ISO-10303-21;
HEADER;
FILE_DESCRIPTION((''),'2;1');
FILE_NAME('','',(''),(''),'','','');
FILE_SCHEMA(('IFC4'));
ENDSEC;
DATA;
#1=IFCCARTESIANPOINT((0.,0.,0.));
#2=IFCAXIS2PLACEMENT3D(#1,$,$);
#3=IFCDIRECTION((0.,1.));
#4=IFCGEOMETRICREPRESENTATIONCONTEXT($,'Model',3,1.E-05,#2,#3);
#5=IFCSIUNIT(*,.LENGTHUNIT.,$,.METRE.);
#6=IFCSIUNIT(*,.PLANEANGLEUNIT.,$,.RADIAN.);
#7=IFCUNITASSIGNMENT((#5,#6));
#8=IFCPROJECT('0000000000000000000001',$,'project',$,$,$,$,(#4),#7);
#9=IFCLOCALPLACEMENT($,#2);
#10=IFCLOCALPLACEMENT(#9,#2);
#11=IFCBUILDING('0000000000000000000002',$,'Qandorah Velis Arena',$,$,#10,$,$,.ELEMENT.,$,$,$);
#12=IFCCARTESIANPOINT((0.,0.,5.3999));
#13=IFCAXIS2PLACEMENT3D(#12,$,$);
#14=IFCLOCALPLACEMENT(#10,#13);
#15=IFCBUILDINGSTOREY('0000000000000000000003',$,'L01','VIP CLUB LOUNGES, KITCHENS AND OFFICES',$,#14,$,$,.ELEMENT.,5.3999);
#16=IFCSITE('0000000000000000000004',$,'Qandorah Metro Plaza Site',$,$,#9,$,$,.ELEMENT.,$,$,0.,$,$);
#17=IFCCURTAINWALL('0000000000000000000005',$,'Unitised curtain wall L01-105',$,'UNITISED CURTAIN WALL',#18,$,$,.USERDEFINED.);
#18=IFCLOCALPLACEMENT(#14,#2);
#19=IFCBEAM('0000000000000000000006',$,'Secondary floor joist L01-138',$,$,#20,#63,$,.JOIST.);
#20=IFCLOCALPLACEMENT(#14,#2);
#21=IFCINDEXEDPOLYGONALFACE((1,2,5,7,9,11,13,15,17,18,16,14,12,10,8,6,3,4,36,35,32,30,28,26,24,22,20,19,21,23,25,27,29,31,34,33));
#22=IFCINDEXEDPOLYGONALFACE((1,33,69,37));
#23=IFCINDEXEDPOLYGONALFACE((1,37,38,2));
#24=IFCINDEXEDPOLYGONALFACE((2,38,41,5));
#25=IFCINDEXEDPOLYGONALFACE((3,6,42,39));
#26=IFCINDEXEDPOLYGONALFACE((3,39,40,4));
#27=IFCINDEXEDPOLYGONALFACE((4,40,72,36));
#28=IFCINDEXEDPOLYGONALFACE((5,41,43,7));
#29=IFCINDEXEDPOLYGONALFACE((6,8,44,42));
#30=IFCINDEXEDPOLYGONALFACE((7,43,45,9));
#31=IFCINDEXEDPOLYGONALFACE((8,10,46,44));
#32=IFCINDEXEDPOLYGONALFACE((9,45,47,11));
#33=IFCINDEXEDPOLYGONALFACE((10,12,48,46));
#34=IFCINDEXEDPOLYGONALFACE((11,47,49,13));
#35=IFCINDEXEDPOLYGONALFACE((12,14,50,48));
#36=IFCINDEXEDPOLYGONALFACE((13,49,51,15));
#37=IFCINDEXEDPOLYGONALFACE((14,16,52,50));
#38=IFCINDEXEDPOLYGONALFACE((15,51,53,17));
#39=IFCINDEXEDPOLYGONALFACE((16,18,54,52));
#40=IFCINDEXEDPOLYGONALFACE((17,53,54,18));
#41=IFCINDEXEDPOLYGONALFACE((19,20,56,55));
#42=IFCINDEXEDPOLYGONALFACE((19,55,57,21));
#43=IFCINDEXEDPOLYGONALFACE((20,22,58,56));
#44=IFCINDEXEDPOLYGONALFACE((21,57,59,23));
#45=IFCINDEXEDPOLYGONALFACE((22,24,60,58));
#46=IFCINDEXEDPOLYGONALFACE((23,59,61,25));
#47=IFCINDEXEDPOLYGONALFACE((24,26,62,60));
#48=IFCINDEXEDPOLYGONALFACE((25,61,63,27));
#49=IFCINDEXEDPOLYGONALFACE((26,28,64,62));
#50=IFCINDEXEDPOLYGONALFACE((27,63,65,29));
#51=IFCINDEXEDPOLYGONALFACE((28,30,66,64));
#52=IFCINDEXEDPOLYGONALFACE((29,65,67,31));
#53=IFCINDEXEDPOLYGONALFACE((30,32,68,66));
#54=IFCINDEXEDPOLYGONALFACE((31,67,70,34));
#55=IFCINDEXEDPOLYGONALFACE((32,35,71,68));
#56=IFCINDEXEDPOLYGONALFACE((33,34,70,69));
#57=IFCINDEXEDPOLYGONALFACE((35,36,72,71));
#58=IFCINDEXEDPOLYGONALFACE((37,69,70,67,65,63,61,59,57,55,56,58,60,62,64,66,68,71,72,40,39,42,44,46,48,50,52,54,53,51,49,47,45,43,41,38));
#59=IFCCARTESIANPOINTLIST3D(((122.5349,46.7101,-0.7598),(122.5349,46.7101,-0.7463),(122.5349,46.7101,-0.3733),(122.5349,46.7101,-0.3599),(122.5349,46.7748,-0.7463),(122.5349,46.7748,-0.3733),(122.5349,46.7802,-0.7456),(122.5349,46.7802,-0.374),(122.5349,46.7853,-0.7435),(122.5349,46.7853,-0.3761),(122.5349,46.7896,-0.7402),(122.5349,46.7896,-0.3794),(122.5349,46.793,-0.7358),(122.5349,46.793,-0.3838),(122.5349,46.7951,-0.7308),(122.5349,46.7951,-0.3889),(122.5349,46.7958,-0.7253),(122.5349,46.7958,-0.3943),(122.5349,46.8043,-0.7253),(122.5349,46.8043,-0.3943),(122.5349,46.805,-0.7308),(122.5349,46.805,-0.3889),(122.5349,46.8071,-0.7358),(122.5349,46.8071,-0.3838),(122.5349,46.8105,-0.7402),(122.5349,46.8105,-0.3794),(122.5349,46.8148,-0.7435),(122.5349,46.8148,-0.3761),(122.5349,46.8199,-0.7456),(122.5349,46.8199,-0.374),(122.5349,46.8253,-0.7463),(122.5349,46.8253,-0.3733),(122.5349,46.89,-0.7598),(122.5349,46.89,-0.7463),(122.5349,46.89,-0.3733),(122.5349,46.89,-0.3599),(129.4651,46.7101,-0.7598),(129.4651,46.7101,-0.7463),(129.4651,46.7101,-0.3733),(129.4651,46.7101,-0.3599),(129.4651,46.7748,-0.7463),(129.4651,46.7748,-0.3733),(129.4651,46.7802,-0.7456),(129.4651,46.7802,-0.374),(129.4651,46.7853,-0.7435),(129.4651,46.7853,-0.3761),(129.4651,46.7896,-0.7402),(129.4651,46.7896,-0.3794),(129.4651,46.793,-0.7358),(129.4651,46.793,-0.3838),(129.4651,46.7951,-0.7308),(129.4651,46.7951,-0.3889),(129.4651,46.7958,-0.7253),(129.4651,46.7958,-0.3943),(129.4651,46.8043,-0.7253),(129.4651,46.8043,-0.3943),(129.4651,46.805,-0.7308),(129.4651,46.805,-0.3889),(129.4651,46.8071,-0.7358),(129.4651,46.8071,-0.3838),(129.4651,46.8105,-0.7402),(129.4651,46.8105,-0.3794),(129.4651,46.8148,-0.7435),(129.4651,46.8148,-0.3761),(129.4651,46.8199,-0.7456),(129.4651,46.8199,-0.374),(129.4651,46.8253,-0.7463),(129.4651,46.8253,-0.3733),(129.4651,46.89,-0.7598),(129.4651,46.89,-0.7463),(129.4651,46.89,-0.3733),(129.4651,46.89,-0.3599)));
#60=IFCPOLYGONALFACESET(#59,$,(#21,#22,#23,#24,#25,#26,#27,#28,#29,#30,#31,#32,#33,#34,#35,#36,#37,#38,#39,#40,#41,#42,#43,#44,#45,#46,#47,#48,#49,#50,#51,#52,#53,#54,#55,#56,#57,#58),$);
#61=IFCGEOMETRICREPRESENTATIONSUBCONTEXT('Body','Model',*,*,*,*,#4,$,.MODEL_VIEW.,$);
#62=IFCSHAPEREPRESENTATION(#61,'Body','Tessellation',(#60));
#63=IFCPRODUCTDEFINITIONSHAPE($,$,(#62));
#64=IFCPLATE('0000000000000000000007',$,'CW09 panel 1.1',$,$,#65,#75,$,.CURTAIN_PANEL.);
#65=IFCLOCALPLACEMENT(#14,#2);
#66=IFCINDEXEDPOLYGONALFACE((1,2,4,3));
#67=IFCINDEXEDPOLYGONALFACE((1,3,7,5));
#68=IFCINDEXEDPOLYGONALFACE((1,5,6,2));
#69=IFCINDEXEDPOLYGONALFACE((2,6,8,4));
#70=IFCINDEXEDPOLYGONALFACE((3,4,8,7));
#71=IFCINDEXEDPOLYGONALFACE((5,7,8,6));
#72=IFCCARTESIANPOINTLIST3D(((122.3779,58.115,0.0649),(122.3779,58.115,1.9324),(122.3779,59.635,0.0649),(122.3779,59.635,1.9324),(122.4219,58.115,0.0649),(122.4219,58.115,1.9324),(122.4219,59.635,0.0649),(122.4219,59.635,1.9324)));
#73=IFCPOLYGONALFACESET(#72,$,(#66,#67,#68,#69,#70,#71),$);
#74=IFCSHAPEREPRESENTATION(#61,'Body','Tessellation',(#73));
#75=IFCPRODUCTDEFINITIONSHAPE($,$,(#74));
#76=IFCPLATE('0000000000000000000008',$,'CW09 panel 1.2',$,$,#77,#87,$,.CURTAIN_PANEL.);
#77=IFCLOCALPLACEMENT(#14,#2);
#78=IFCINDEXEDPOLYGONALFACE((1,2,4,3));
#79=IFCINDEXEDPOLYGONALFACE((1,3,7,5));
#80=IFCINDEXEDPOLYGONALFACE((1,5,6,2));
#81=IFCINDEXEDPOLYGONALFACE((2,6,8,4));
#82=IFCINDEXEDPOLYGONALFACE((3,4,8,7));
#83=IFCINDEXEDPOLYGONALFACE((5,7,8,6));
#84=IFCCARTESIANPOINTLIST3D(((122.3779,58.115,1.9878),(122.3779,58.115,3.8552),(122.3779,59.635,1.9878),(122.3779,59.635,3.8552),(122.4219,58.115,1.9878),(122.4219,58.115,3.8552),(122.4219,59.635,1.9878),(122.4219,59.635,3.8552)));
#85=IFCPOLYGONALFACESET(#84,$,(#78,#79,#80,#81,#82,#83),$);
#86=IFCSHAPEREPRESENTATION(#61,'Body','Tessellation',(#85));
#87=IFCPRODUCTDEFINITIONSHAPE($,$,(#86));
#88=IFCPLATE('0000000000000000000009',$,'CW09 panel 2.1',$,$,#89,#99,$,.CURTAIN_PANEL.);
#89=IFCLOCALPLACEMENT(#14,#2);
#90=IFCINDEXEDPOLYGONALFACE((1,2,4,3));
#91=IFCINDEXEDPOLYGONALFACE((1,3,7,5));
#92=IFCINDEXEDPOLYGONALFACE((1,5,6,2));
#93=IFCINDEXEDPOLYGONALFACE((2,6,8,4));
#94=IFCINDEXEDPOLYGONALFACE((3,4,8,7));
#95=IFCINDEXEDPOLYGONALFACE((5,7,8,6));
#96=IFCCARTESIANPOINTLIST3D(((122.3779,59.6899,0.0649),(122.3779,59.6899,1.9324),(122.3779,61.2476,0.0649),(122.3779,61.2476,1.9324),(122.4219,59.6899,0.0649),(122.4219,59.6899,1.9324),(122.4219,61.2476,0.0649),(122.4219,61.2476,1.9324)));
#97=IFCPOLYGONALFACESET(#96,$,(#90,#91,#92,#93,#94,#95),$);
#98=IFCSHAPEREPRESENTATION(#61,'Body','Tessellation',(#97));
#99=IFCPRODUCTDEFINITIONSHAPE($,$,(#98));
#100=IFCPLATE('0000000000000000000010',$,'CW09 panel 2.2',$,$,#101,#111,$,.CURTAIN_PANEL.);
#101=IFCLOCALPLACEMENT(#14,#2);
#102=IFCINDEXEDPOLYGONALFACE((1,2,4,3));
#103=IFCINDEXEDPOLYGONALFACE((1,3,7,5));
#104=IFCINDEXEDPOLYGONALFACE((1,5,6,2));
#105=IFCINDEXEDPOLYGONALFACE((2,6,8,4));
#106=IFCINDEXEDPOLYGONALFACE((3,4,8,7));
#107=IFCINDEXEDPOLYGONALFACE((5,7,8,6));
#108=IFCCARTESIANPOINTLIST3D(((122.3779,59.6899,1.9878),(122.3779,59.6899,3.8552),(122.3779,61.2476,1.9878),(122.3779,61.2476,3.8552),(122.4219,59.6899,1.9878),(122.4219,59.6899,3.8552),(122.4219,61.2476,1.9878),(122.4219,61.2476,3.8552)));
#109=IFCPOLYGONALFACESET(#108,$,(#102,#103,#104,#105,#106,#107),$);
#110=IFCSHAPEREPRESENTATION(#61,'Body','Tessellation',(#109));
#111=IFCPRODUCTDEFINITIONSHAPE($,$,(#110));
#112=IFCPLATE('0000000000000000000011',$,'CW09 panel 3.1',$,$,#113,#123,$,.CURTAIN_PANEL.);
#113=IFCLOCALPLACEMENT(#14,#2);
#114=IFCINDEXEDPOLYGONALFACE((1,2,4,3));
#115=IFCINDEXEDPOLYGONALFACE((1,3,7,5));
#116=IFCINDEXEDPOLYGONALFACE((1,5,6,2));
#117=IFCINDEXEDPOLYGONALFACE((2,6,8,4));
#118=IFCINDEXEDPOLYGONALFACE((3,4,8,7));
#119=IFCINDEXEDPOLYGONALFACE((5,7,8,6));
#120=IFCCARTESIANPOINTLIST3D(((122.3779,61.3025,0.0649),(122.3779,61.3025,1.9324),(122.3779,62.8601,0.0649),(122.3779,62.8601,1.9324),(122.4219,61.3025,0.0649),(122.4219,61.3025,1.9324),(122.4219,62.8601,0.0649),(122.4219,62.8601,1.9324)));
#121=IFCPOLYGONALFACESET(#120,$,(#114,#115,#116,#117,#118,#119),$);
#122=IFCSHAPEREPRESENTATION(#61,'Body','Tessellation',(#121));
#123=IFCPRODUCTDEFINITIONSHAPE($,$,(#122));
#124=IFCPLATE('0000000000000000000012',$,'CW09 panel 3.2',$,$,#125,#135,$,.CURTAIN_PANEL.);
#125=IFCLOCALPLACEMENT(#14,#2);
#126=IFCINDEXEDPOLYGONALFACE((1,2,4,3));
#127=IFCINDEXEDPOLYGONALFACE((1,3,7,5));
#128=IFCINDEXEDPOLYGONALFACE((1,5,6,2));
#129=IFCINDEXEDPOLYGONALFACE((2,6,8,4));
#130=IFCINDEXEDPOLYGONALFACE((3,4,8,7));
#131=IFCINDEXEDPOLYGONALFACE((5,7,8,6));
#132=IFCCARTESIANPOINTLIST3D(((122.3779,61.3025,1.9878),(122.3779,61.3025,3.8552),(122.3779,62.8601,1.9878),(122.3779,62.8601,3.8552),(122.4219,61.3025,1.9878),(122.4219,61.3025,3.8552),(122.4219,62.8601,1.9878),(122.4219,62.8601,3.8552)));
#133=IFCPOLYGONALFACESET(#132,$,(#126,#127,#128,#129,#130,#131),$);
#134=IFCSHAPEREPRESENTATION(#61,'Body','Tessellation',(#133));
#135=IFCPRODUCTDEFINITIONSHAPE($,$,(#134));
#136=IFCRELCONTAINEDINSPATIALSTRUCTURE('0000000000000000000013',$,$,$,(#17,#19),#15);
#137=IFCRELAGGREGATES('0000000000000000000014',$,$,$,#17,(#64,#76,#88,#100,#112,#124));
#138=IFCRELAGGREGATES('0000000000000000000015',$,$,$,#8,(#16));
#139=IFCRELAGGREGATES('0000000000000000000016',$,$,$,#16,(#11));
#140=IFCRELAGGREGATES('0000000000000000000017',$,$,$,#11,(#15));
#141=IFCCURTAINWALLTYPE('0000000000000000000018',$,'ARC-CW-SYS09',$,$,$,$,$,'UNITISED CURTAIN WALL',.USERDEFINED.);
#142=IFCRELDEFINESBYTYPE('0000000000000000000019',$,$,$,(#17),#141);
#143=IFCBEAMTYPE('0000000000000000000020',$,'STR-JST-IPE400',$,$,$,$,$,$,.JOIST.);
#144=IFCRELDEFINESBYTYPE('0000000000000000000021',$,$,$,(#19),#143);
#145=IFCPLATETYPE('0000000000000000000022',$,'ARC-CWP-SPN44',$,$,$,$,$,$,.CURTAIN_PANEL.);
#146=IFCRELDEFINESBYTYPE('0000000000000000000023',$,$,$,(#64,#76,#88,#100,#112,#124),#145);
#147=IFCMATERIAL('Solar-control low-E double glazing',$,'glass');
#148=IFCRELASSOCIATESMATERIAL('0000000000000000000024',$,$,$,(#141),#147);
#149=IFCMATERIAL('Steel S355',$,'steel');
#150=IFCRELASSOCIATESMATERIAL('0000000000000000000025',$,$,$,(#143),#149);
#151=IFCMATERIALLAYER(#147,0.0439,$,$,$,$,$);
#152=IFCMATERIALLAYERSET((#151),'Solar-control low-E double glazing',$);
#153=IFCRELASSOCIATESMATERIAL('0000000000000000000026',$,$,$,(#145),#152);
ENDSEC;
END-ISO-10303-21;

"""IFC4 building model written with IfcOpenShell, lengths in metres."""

from ifc_helpers import new_model, si_unit, direction, frame, origin, origin_2d, place, context, subcontext, project, spatial, rectangle, i_section, extrude, material, layer, layer_set, material_profile, profile_set, type_object, element, aggregate, save


model = new_model("IFC4")

# Units and contexts
model_context = context("Model", 3, precision=1e-05, world=origin(), true_north=direction((0.0, 1.0)))
body_context = subcontext(model_context, "Body", "Model", "MODEL_VIEW")
ifc_project = project(units=[si_unit("LENGTHUNIT", "METRE"), si_unit("PLANEANGLEUNIT", "RADIAN")], contexts=[model_context])

# Site, building, storey
site_placement = place(None, origin())
site = spatial("IfcSite", under=ifc_project, at=site_placement, Name="Qandorah Metro Plaza Site", CompositionType="ELEMENT", RefElevation=0.0)
building_placement = place(site_placement, origin())
building = spatial("IfcBuilding", under=site, at=building_placement, Name="Qandorah Velis Arena", CompositionType="ELEMENT")
storey_placement = place(building_placement, frame((0.0, 0.0, 5.3999)))
storey = spatial("IfcBuildingStorey", under=building, at=storey_placement, Name="L01", Description="VIP CLUB LOUNGES, KITCHENS AND OFFICES", CompositionType="ELEMENT", Elevation=5.3999)

# Curtain wall
ifc_material_1 = material(Name="Solar-control low-E double glazing", Category="glass")
curtain_wall_type = type_object("IfcCurtainWallType", Name="ARC-CW-SYS09", ElementType="UNITISED CURTAIN WALL", PredefinedType="USERDEFINED", material=ifc_material_1)
curtain_wall_placement = place(storey_placement, origin())
curtain_wall = element("IfcCurtainWall", 1, at=curtain_wall_placement, inside=storey, type_object=curtain_wall_type, Name="Unitised curtain wall L01-105", ObjectType="UNITISED CURTAIN WALL", PredefinedType="USERDEFINED")

# Beam
ifc_material_2 = material(Name="Steel S355", Category="steel")
ifc_material_profile_1 = material_profile(ifc_material_2, i_section(OverallWidth=0.1799, OverallDepth=0.3999, WebThickness=0.0085, FlangeThickness=0.0134, FilletRadius=0.021, at=origin_2d()), Name="IPE 400")
ifc_profile_set_1 = profile_set([ifc_material_profile_1], Name="Steel S355")
beam_type_1 = type_object("IfcBeamType", Name="STR-JST-IPE400", PredefinedType="JOIST", material=ifc_profile_set_1)
beam_1_placement = place(storey_placement, frame((122.5349, 46.8, -0.5598), z_axis=(1.0, 0.0, 0.0), x_axis=(0.0, 1.0, 0.0)))
element("IfcBeam", 2, at=beam_1_placement, inside=storey, type_object=beam_type_1, Name="Secondary floor joist L01-138", PredefinedType="JOIST", context=body_context, shape_type="SweptSolid", body=[
    extrude(i_section(OverallWidth=0.1799, OverallDepth=0.3999, WebThickness=0.0085, FlangeThickness=0.0134, FilletRadius=0.021, at=origin_2d()), origin(), (0.0, 0.0, 1.0), 6.9302),
])

# Plates
ifc_layer = layer(ifc_material_1, 0.0439)
ifc_layer_set = layer_set([ifc_layer], Name="Solar-control low-E double glazing")
plate_type = type_object("IfcPlateType", Name="ARC-CWP-SPN44", PredefinedType="CURTAIN_PANEL", material=ifc_layer_set)
plate_1_placement = place(storey_placement, frame((122.3999, 58.875, 0.0649), z_axis=(0.0, 0.0, 1.0), x_axis=(0.0, 1.0, 0.0)))
plate_1 = element("IfcPlate", 3, at=plate_1_placement, type_object=plate_type, Name="CW09 panel 1.1", PredefinedType="CURTAIN_PANEL", context=body_context, shape_type="SweptSolid", body=[
    extrude(rectangle(XDim=1.52, YDim=0.0439, at=origin_2d()), origin(), (0.0, 0.0, 1.0), 1.8674),
])
plate_2_placement = place(storey_placement, frame((122.3999, 58.875, 1.9878), z_axis=(0.0, 0.0, 1.0), x_axis=(0.0, 1.0, 0.0)))
plate_2 = element("IfcPlate", 4, at=plate_2_placement, type_object=plate_type, Name="CW09 panel 1.2", PredefinedType="CURTAIN_PANEL", context=body_context, shape_type="SweptSolid", body=[
    extrude(rectangle(XDim=1.52, YDim=0.0439, at=origin_2d()), origin(), (0.0, 0.0, 1.0), 1.8674),
])
plate_3_placement = place(storey_placement, frame((122.3999, 60.4688, 0.0649), z_axis=(0.0, 0.0, 1.0), x_axis=(0.0, 1.0, 0.0)))
plate_3 = element("IfcPlate", 5, at=plate_3_placement, type_object=plate_type, Name="CW09 panel 2.1", PredefinedType="CURTAIN_PANEL", context=body_context, shape_type="SweptSolid", body=[
    extrude(rectangle(XDim=1.5576, YDim=0.0439, at=origin_2d()), origin(), (0.0, 0.0, 1.0), 1.8674),
])
plate_4_placement = place(storey_placement, frame((122.3999, 60.4688, 1.9878), z_axis=(0.0, 0.0, 1.0), x_axis=(0.0, 1.0, 0.0)))
plate_4 = element("IfcPlate", 6, at=plate_4_placement, type_object=plate_type, Name="CW09 panel 2.2", PredefinedType="CURTAIN_PANEL", context=body_context, shape_type="SweptSolid", body=[
    extrude(rectangle(XDim=1.5576, YDim=0.0439, at=origin_2d()), origin(), (0.0, 0.0, 1.0), 1.8674),
])
plate_5_placement = place(storey_placement, frame((122.3999, 62.0813, 0.0649), z_axis=(0.0, 0.0, 1.0), x_axis=(0.0, 1.0, 0.0)))
plate_5 = element("IfcPlate", 7, at=plate_5_placement, type_object=plate_type, Name="CW09 panel 3.1", PredefinedType="CURTAIN_PANEL", context=body_context, shape_type="SweptSolid", body=[
    extrude(rectangle(XDim=1.5576, YDim=0.0439, at=origin_2d()), origin(), (0.0, 0.0, 1.0), 1.8674),
])
plate_6_placement = place(storey_placement, frame((122.3999, 62.0813, 1.9878), z_axis=(0.0, 0.0, 1.0), x_axis=(0.0, 1.0, 0.0)))
plate_6 = element("IfcPlate", 8, at=plate_6_placement, type_object=plate_type, Name="CW09 panel 3.2", PredefinedType="CURTAIN_PANEL", context=body_context, shape_type="SweptSolid", body=[
    extrude(rectangle(XDim=1.5576, YDim=0.0439, at=origin_2d()), origin(), (0.0, 0.0, 1.0), 1.8674),
])
aggregate(curtain_wall, [plate_1, plate_2, plate_3, plate_4, plate_5, plate_6])

save(model, "model.ifc")
